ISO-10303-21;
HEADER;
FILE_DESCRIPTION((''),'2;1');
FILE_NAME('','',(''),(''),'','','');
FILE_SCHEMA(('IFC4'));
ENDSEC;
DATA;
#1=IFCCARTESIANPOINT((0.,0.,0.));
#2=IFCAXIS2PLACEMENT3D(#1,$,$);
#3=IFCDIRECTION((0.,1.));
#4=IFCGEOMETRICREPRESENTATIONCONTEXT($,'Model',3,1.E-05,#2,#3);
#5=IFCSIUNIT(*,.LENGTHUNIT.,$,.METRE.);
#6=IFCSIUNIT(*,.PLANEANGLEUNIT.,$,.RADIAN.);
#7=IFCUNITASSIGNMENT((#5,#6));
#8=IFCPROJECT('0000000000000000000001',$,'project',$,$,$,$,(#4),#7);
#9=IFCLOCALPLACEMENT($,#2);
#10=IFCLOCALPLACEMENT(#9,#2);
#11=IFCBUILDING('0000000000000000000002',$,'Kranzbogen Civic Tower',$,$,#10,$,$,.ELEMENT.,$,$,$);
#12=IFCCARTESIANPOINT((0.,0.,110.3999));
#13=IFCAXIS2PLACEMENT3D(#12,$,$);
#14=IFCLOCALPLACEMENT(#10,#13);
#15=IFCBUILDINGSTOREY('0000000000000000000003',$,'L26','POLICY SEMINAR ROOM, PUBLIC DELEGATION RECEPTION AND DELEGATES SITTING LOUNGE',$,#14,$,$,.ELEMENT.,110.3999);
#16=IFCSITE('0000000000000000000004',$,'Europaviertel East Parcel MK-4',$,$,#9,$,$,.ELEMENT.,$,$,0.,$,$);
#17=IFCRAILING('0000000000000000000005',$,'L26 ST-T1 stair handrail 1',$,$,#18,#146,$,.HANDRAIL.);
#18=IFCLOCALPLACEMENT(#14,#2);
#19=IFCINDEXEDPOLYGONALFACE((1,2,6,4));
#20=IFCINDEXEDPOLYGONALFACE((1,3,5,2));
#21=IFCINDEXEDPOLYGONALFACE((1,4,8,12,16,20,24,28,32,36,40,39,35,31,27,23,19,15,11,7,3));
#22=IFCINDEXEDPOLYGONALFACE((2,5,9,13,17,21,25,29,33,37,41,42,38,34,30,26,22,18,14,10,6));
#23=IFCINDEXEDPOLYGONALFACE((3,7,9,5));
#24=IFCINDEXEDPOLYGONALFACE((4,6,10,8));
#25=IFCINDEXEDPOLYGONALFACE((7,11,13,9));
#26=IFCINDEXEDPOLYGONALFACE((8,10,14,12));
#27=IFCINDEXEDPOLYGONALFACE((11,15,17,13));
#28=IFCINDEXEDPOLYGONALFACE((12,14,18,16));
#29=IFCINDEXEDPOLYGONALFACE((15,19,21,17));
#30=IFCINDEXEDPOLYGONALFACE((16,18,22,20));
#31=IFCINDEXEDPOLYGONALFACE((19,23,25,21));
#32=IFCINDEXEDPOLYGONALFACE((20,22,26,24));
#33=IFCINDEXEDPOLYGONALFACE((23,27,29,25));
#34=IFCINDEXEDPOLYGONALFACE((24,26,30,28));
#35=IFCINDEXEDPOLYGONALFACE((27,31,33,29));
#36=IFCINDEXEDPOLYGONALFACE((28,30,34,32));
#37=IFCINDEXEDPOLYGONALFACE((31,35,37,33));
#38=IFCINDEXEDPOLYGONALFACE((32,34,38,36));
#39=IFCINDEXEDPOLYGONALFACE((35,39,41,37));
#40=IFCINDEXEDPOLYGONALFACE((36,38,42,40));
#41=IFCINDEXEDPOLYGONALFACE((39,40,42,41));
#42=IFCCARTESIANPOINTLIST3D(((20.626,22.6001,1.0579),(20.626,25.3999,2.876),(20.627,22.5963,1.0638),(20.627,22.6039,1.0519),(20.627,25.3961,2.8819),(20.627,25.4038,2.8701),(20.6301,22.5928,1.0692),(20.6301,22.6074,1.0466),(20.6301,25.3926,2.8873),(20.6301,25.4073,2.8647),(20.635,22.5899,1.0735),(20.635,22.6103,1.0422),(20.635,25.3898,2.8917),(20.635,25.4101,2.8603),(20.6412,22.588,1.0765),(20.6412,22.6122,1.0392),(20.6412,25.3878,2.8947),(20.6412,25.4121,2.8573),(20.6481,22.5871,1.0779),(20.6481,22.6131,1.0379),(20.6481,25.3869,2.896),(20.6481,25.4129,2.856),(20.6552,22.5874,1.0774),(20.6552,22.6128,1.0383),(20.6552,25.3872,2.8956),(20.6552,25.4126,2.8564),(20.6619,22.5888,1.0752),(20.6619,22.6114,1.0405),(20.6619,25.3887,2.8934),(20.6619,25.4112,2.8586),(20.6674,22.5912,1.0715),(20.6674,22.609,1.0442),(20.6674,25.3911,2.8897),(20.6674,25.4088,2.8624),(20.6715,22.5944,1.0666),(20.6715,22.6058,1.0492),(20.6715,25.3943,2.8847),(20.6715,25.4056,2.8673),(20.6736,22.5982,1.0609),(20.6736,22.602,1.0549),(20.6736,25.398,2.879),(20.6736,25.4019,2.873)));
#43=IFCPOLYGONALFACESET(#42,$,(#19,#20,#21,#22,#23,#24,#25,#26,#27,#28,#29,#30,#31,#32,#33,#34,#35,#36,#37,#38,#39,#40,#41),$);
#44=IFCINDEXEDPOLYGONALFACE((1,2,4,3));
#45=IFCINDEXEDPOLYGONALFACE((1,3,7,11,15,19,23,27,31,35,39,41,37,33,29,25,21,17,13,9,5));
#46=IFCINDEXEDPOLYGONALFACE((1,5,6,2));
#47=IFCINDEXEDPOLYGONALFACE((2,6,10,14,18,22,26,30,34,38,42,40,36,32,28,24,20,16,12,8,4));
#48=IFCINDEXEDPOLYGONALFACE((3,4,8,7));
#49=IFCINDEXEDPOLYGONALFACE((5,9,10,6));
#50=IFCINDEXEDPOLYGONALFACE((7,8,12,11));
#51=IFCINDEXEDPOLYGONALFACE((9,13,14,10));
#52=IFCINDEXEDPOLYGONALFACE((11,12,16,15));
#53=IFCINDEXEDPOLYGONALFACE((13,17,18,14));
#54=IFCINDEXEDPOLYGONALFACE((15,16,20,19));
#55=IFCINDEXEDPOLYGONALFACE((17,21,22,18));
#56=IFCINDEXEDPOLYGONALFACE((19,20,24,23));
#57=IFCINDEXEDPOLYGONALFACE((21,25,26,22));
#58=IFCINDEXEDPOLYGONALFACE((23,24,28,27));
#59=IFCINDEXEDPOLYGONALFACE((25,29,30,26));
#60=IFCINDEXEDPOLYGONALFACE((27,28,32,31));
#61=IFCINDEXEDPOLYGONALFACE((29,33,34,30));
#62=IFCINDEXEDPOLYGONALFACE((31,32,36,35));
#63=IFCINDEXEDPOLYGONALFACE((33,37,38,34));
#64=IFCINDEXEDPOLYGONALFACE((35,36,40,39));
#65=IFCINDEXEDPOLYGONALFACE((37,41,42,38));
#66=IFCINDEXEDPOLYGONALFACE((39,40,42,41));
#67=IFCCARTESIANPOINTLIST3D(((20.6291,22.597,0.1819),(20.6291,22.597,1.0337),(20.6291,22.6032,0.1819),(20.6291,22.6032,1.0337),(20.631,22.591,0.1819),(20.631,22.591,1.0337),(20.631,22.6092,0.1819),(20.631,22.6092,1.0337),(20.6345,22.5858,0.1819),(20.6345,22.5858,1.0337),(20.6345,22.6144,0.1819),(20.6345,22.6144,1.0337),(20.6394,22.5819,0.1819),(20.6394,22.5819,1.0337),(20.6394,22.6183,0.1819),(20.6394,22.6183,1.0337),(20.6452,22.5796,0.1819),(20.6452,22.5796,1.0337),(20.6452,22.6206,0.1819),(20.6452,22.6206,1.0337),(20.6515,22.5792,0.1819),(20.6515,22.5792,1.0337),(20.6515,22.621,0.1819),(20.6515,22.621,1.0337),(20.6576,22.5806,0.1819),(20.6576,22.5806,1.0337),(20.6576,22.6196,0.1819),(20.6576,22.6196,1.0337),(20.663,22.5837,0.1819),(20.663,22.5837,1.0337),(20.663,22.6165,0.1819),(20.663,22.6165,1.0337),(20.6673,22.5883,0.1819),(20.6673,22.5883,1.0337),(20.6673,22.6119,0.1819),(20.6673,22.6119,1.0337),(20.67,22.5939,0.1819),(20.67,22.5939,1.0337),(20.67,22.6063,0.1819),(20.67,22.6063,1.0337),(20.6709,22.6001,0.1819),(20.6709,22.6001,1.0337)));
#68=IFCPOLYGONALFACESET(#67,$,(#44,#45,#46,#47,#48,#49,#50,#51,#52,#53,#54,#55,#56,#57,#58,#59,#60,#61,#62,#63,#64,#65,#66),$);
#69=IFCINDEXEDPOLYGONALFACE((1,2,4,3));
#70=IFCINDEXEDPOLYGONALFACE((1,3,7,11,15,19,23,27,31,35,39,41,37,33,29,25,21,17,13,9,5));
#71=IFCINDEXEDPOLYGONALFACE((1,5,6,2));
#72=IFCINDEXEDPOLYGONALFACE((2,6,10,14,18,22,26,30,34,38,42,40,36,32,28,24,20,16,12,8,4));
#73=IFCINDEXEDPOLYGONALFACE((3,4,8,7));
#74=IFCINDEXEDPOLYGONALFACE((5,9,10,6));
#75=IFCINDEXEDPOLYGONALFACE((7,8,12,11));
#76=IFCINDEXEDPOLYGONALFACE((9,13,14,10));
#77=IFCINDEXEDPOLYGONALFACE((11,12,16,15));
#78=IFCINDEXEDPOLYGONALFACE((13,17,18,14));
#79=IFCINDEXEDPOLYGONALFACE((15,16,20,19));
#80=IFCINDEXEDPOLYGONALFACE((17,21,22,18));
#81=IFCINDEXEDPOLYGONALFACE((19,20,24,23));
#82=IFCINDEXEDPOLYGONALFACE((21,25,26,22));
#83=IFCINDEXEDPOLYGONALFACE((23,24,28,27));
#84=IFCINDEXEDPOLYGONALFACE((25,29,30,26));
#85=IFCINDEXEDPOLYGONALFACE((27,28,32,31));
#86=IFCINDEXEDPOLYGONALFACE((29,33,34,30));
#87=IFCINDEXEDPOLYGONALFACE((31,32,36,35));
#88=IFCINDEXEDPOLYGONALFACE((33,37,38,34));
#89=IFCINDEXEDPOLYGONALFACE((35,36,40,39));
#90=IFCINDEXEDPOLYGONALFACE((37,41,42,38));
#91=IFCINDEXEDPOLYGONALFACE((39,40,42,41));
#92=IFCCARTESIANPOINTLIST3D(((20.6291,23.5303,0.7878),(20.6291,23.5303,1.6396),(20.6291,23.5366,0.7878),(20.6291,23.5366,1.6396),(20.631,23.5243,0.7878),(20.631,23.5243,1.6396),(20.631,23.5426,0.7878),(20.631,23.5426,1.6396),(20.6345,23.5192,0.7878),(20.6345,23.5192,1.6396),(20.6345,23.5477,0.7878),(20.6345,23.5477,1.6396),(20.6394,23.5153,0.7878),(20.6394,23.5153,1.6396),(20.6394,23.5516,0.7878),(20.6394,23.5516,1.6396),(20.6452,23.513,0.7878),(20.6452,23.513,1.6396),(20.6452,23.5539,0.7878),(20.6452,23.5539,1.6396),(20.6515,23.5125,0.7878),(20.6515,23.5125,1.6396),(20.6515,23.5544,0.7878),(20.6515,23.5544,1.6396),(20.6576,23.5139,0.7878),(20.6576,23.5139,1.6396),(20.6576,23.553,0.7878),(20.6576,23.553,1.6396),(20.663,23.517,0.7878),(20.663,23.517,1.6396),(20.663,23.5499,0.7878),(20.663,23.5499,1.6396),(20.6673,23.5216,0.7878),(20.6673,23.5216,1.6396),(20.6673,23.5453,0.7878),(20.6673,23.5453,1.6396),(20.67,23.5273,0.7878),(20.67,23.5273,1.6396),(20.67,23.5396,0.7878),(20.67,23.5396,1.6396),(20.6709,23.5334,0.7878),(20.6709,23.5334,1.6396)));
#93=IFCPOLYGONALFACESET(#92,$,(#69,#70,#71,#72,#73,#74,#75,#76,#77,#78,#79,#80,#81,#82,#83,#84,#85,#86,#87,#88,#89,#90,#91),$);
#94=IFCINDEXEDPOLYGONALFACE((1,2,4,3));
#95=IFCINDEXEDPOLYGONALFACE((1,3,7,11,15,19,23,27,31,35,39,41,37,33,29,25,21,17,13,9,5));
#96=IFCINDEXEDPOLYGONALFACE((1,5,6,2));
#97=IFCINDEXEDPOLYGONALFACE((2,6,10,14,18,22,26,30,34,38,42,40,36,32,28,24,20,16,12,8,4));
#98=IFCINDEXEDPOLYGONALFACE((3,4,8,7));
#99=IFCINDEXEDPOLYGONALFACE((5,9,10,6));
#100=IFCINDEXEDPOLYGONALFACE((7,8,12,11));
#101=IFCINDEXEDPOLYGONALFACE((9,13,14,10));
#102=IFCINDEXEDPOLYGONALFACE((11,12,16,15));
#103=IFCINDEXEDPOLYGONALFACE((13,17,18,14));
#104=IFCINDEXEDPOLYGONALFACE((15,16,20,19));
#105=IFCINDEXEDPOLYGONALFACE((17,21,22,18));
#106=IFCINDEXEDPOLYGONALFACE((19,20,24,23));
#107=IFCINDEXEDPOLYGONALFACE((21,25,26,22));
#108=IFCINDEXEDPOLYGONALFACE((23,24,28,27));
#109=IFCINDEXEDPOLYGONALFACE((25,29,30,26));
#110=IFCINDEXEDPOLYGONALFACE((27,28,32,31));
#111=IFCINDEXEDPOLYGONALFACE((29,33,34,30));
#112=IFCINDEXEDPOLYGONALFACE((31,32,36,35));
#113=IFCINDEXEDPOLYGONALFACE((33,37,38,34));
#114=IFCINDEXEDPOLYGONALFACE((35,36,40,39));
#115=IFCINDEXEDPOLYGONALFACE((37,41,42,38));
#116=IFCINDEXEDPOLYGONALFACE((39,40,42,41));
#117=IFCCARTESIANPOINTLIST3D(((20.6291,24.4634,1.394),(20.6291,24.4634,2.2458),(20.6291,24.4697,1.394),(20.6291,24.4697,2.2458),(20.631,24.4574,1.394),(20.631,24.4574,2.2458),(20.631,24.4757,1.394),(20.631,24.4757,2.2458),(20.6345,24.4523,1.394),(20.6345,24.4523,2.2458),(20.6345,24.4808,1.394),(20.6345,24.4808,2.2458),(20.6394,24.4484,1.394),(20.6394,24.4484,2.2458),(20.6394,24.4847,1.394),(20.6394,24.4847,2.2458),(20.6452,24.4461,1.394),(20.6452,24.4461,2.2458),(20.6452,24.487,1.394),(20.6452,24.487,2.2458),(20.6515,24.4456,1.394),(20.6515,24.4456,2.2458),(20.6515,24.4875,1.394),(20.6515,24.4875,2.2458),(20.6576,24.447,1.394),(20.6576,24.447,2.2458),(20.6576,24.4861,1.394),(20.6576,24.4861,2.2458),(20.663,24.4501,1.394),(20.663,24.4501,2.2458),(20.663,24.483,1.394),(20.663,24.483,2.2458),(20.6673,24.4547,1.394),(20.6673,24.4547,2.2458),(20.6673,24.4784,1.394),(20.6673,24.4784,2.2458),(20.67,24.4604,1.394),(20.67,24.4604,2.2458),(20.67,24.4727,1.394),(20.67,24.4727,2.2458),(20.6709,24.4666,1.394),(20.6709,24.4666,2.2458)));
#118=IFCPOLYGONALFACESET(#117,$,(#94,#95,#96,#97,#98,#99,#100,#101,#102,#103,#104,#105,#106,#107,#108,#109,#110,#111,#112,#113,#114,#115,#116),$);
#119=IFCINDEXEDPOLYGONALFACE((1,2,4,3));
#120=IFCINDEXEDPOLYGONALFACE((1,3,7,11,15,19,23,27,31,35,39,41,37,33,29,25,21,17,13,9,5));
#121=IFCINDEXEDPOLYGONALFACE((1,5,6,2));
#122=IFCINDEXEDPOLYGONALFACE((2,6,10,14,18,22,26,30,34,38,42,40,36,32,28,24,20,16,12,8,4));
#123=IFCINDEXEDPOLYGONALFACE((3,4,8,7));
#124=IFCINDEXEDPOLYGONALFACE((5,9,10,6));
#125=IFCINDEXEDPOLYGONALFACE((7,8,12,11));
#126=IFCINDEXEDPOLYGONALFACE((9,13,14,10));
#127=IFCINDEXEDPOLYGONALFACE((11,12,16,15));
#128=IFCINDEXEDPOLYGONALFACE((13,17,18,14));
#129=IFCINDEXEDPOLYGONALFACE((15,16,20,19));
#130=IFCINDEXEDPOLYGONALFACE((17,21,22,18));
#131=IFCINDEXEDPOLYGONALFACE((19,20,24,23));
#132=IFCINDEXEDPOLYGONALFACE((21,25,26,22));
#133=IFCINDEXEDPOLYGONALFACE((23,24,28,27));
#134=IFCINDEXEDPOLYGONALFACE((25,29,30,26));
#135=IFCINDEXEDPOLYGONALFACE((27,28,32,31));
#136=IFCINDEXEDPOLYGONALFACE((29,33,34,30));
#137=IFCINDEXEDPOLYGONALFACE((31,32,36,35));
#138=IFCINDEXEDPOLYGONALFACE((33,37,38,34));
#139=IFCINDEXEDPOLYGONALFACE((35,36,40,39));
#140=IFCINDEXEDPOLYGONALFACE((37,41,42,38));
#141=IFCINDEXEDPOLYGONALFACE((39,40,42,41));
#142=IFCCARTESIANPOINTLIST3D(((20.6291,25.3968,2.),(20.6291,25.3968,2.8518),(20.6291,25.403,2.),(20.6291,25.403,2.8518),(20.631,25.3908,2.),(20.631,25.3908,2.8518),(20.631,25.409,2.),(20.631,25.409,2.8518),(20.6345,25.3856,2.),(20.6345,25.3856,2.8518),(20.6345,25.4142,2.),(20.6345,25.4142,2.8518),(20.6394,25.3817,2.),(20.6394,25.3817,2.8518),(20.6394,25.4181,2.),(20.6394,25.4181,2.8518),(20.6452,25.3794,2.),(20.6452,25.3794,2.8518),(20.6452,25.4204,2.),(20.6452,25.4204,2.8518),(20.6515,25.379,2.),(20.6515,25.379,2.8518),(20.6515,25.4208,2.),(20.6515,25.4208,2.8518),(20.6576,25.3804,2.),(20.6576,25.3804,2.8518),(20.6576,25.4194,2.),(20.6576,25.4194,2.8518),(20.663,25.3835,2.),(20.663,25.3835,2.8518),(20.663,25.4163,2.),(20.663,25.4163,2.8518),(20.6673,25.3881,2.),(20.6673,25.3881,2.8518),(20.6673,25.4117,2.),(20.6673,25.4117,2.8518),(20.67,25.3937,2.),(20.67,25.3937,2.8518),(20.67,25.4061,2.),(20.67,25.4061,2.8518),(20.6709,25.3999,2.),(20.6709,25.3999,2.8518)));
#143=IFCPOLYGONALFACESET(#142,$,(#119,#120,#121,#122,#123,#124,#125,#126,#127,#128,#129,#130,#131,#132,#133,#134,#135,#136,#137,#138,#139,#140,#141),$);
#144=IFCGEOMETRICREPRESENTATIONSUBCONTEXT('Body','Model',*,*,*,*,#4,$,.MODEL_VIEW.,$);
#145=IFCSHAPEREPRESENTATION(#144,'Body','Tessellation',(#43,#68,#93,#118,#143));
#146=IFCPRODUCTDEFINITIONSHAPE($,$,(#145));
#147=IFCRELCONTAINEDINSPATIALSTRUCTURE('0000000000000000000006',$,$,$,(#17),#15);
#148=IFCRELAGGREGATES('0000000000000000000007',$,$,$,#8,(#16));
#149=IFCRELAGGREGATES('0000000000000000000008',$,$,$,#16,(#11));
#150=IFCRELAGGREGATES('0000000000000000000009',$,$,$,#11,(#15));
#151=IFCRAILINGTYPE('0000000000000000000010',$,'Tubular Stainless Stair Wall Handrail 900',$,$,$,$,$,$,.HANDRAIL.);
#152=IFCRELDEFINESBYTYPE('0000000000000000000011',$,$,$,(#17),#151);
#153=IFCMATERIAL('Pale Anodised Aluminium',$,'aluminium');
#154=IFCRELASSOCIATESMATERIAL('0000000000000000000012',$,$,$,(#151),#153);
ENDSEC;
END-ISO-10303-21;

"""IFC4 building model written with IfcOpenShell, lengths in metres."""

from ifc_helpers import new_model, si_unit, direction, frame, origin, origin_2d, place, context, subcontext, project, spatial, circle, extrude, material, type_object, element, save


model = new_model("IFC4")

# Units and contexts
model_context = context("Model", 3, precision=1e-05, world=origin(), true_north=direction((0.0, 1.0)))
body_context = subcontext(model_context, "Body", "Model", "MODEL_VIEW")
ifc_project = project(units=[si_unit("LENGTHUNIT", "METRE"), si_unit("PLANEANGLEUNIT", "RADIAN")], contexts=[model_context])

# Site, building, storey
site_placement = place(None, origin())
site = spatial("IfcSite", under=ifc_project, at=site_placement, Name="Europaviertel East Parcel MK-4", CompositionType="ELEMENT", RefElevation=0.0)
building_placement = place(site_placement, origin())
building = spatial("IfcBuilding", under=site, at=building_placement, Name="Kranzbogen Civic Tower", CompositionType="ELEMENT")
storey_placement = place(building_placement, frame((0.0, 0.0, 110.3999)))
storey = spatial("IfcBuildingStorey", under=building, at=storey_placement, Name="L26", Description="POLICY SEMINAR ROOM, PUBLIC DELEGATION RECEPTION AND DELEGATES SITTING LOUNGE", CompositionType="ELEMENT", Elevation=110.3999)

# Shared definitions
ifc_material_1 = material(Name="Pale Anodised Aluminium", Category="aluminium")

# Railing
railing_type_1 = type_object("IfcRailingType", Name="Tubular Stainless Stair Wall Handrail 900", PredefinedType="HANDRAIL", material=ifc_material_1)
railing_1_placement = place(storey_placement, frame((20.6499, 22.6001, 0.1819)))
element("IfcRailing", 1, at=railing_1_placement, inside=storey, type_object=railing_type_1, Name="L26 ST-T1 stair handrail 1", PredefinedType="HANDRAIL", context=body_context, shape_type="SweptSolid", body=[
    extrude(circle(Radius=0.0239, at=origin_2d()), frame((0.0, 0.0, 0.876), z_axis=(0.0, 0.838684, 0.544618), x_axis=(-1.0, 0.0, 0.0)), (0.0, 0.0, 1.0), 3.3384),
    extrude(circle(Radius=0.021, at=origin_2d()), origin(), (0.0, 0.0, 1.0), 0.8518),
    extrude(circle(Radius=0.021, at=origin_2d()), frame((0.0, 0.9333, 0.606)), (0.0, 0.0, 1.0), 0.8518),
    extrude(circle(Radius=0.021, at=origin_2d()), frame((0.0, 1.8665, 1.2122)), (0.0, 0.0, 1.0), 0.8518),
    extrude(circle(Radius=0.021, at=origin_2d()), frame((0.0, 2.7998, 1.8181)), (0.0, 0.0, 1.0), 0.8518),
])

save(model, "model.ifc")
